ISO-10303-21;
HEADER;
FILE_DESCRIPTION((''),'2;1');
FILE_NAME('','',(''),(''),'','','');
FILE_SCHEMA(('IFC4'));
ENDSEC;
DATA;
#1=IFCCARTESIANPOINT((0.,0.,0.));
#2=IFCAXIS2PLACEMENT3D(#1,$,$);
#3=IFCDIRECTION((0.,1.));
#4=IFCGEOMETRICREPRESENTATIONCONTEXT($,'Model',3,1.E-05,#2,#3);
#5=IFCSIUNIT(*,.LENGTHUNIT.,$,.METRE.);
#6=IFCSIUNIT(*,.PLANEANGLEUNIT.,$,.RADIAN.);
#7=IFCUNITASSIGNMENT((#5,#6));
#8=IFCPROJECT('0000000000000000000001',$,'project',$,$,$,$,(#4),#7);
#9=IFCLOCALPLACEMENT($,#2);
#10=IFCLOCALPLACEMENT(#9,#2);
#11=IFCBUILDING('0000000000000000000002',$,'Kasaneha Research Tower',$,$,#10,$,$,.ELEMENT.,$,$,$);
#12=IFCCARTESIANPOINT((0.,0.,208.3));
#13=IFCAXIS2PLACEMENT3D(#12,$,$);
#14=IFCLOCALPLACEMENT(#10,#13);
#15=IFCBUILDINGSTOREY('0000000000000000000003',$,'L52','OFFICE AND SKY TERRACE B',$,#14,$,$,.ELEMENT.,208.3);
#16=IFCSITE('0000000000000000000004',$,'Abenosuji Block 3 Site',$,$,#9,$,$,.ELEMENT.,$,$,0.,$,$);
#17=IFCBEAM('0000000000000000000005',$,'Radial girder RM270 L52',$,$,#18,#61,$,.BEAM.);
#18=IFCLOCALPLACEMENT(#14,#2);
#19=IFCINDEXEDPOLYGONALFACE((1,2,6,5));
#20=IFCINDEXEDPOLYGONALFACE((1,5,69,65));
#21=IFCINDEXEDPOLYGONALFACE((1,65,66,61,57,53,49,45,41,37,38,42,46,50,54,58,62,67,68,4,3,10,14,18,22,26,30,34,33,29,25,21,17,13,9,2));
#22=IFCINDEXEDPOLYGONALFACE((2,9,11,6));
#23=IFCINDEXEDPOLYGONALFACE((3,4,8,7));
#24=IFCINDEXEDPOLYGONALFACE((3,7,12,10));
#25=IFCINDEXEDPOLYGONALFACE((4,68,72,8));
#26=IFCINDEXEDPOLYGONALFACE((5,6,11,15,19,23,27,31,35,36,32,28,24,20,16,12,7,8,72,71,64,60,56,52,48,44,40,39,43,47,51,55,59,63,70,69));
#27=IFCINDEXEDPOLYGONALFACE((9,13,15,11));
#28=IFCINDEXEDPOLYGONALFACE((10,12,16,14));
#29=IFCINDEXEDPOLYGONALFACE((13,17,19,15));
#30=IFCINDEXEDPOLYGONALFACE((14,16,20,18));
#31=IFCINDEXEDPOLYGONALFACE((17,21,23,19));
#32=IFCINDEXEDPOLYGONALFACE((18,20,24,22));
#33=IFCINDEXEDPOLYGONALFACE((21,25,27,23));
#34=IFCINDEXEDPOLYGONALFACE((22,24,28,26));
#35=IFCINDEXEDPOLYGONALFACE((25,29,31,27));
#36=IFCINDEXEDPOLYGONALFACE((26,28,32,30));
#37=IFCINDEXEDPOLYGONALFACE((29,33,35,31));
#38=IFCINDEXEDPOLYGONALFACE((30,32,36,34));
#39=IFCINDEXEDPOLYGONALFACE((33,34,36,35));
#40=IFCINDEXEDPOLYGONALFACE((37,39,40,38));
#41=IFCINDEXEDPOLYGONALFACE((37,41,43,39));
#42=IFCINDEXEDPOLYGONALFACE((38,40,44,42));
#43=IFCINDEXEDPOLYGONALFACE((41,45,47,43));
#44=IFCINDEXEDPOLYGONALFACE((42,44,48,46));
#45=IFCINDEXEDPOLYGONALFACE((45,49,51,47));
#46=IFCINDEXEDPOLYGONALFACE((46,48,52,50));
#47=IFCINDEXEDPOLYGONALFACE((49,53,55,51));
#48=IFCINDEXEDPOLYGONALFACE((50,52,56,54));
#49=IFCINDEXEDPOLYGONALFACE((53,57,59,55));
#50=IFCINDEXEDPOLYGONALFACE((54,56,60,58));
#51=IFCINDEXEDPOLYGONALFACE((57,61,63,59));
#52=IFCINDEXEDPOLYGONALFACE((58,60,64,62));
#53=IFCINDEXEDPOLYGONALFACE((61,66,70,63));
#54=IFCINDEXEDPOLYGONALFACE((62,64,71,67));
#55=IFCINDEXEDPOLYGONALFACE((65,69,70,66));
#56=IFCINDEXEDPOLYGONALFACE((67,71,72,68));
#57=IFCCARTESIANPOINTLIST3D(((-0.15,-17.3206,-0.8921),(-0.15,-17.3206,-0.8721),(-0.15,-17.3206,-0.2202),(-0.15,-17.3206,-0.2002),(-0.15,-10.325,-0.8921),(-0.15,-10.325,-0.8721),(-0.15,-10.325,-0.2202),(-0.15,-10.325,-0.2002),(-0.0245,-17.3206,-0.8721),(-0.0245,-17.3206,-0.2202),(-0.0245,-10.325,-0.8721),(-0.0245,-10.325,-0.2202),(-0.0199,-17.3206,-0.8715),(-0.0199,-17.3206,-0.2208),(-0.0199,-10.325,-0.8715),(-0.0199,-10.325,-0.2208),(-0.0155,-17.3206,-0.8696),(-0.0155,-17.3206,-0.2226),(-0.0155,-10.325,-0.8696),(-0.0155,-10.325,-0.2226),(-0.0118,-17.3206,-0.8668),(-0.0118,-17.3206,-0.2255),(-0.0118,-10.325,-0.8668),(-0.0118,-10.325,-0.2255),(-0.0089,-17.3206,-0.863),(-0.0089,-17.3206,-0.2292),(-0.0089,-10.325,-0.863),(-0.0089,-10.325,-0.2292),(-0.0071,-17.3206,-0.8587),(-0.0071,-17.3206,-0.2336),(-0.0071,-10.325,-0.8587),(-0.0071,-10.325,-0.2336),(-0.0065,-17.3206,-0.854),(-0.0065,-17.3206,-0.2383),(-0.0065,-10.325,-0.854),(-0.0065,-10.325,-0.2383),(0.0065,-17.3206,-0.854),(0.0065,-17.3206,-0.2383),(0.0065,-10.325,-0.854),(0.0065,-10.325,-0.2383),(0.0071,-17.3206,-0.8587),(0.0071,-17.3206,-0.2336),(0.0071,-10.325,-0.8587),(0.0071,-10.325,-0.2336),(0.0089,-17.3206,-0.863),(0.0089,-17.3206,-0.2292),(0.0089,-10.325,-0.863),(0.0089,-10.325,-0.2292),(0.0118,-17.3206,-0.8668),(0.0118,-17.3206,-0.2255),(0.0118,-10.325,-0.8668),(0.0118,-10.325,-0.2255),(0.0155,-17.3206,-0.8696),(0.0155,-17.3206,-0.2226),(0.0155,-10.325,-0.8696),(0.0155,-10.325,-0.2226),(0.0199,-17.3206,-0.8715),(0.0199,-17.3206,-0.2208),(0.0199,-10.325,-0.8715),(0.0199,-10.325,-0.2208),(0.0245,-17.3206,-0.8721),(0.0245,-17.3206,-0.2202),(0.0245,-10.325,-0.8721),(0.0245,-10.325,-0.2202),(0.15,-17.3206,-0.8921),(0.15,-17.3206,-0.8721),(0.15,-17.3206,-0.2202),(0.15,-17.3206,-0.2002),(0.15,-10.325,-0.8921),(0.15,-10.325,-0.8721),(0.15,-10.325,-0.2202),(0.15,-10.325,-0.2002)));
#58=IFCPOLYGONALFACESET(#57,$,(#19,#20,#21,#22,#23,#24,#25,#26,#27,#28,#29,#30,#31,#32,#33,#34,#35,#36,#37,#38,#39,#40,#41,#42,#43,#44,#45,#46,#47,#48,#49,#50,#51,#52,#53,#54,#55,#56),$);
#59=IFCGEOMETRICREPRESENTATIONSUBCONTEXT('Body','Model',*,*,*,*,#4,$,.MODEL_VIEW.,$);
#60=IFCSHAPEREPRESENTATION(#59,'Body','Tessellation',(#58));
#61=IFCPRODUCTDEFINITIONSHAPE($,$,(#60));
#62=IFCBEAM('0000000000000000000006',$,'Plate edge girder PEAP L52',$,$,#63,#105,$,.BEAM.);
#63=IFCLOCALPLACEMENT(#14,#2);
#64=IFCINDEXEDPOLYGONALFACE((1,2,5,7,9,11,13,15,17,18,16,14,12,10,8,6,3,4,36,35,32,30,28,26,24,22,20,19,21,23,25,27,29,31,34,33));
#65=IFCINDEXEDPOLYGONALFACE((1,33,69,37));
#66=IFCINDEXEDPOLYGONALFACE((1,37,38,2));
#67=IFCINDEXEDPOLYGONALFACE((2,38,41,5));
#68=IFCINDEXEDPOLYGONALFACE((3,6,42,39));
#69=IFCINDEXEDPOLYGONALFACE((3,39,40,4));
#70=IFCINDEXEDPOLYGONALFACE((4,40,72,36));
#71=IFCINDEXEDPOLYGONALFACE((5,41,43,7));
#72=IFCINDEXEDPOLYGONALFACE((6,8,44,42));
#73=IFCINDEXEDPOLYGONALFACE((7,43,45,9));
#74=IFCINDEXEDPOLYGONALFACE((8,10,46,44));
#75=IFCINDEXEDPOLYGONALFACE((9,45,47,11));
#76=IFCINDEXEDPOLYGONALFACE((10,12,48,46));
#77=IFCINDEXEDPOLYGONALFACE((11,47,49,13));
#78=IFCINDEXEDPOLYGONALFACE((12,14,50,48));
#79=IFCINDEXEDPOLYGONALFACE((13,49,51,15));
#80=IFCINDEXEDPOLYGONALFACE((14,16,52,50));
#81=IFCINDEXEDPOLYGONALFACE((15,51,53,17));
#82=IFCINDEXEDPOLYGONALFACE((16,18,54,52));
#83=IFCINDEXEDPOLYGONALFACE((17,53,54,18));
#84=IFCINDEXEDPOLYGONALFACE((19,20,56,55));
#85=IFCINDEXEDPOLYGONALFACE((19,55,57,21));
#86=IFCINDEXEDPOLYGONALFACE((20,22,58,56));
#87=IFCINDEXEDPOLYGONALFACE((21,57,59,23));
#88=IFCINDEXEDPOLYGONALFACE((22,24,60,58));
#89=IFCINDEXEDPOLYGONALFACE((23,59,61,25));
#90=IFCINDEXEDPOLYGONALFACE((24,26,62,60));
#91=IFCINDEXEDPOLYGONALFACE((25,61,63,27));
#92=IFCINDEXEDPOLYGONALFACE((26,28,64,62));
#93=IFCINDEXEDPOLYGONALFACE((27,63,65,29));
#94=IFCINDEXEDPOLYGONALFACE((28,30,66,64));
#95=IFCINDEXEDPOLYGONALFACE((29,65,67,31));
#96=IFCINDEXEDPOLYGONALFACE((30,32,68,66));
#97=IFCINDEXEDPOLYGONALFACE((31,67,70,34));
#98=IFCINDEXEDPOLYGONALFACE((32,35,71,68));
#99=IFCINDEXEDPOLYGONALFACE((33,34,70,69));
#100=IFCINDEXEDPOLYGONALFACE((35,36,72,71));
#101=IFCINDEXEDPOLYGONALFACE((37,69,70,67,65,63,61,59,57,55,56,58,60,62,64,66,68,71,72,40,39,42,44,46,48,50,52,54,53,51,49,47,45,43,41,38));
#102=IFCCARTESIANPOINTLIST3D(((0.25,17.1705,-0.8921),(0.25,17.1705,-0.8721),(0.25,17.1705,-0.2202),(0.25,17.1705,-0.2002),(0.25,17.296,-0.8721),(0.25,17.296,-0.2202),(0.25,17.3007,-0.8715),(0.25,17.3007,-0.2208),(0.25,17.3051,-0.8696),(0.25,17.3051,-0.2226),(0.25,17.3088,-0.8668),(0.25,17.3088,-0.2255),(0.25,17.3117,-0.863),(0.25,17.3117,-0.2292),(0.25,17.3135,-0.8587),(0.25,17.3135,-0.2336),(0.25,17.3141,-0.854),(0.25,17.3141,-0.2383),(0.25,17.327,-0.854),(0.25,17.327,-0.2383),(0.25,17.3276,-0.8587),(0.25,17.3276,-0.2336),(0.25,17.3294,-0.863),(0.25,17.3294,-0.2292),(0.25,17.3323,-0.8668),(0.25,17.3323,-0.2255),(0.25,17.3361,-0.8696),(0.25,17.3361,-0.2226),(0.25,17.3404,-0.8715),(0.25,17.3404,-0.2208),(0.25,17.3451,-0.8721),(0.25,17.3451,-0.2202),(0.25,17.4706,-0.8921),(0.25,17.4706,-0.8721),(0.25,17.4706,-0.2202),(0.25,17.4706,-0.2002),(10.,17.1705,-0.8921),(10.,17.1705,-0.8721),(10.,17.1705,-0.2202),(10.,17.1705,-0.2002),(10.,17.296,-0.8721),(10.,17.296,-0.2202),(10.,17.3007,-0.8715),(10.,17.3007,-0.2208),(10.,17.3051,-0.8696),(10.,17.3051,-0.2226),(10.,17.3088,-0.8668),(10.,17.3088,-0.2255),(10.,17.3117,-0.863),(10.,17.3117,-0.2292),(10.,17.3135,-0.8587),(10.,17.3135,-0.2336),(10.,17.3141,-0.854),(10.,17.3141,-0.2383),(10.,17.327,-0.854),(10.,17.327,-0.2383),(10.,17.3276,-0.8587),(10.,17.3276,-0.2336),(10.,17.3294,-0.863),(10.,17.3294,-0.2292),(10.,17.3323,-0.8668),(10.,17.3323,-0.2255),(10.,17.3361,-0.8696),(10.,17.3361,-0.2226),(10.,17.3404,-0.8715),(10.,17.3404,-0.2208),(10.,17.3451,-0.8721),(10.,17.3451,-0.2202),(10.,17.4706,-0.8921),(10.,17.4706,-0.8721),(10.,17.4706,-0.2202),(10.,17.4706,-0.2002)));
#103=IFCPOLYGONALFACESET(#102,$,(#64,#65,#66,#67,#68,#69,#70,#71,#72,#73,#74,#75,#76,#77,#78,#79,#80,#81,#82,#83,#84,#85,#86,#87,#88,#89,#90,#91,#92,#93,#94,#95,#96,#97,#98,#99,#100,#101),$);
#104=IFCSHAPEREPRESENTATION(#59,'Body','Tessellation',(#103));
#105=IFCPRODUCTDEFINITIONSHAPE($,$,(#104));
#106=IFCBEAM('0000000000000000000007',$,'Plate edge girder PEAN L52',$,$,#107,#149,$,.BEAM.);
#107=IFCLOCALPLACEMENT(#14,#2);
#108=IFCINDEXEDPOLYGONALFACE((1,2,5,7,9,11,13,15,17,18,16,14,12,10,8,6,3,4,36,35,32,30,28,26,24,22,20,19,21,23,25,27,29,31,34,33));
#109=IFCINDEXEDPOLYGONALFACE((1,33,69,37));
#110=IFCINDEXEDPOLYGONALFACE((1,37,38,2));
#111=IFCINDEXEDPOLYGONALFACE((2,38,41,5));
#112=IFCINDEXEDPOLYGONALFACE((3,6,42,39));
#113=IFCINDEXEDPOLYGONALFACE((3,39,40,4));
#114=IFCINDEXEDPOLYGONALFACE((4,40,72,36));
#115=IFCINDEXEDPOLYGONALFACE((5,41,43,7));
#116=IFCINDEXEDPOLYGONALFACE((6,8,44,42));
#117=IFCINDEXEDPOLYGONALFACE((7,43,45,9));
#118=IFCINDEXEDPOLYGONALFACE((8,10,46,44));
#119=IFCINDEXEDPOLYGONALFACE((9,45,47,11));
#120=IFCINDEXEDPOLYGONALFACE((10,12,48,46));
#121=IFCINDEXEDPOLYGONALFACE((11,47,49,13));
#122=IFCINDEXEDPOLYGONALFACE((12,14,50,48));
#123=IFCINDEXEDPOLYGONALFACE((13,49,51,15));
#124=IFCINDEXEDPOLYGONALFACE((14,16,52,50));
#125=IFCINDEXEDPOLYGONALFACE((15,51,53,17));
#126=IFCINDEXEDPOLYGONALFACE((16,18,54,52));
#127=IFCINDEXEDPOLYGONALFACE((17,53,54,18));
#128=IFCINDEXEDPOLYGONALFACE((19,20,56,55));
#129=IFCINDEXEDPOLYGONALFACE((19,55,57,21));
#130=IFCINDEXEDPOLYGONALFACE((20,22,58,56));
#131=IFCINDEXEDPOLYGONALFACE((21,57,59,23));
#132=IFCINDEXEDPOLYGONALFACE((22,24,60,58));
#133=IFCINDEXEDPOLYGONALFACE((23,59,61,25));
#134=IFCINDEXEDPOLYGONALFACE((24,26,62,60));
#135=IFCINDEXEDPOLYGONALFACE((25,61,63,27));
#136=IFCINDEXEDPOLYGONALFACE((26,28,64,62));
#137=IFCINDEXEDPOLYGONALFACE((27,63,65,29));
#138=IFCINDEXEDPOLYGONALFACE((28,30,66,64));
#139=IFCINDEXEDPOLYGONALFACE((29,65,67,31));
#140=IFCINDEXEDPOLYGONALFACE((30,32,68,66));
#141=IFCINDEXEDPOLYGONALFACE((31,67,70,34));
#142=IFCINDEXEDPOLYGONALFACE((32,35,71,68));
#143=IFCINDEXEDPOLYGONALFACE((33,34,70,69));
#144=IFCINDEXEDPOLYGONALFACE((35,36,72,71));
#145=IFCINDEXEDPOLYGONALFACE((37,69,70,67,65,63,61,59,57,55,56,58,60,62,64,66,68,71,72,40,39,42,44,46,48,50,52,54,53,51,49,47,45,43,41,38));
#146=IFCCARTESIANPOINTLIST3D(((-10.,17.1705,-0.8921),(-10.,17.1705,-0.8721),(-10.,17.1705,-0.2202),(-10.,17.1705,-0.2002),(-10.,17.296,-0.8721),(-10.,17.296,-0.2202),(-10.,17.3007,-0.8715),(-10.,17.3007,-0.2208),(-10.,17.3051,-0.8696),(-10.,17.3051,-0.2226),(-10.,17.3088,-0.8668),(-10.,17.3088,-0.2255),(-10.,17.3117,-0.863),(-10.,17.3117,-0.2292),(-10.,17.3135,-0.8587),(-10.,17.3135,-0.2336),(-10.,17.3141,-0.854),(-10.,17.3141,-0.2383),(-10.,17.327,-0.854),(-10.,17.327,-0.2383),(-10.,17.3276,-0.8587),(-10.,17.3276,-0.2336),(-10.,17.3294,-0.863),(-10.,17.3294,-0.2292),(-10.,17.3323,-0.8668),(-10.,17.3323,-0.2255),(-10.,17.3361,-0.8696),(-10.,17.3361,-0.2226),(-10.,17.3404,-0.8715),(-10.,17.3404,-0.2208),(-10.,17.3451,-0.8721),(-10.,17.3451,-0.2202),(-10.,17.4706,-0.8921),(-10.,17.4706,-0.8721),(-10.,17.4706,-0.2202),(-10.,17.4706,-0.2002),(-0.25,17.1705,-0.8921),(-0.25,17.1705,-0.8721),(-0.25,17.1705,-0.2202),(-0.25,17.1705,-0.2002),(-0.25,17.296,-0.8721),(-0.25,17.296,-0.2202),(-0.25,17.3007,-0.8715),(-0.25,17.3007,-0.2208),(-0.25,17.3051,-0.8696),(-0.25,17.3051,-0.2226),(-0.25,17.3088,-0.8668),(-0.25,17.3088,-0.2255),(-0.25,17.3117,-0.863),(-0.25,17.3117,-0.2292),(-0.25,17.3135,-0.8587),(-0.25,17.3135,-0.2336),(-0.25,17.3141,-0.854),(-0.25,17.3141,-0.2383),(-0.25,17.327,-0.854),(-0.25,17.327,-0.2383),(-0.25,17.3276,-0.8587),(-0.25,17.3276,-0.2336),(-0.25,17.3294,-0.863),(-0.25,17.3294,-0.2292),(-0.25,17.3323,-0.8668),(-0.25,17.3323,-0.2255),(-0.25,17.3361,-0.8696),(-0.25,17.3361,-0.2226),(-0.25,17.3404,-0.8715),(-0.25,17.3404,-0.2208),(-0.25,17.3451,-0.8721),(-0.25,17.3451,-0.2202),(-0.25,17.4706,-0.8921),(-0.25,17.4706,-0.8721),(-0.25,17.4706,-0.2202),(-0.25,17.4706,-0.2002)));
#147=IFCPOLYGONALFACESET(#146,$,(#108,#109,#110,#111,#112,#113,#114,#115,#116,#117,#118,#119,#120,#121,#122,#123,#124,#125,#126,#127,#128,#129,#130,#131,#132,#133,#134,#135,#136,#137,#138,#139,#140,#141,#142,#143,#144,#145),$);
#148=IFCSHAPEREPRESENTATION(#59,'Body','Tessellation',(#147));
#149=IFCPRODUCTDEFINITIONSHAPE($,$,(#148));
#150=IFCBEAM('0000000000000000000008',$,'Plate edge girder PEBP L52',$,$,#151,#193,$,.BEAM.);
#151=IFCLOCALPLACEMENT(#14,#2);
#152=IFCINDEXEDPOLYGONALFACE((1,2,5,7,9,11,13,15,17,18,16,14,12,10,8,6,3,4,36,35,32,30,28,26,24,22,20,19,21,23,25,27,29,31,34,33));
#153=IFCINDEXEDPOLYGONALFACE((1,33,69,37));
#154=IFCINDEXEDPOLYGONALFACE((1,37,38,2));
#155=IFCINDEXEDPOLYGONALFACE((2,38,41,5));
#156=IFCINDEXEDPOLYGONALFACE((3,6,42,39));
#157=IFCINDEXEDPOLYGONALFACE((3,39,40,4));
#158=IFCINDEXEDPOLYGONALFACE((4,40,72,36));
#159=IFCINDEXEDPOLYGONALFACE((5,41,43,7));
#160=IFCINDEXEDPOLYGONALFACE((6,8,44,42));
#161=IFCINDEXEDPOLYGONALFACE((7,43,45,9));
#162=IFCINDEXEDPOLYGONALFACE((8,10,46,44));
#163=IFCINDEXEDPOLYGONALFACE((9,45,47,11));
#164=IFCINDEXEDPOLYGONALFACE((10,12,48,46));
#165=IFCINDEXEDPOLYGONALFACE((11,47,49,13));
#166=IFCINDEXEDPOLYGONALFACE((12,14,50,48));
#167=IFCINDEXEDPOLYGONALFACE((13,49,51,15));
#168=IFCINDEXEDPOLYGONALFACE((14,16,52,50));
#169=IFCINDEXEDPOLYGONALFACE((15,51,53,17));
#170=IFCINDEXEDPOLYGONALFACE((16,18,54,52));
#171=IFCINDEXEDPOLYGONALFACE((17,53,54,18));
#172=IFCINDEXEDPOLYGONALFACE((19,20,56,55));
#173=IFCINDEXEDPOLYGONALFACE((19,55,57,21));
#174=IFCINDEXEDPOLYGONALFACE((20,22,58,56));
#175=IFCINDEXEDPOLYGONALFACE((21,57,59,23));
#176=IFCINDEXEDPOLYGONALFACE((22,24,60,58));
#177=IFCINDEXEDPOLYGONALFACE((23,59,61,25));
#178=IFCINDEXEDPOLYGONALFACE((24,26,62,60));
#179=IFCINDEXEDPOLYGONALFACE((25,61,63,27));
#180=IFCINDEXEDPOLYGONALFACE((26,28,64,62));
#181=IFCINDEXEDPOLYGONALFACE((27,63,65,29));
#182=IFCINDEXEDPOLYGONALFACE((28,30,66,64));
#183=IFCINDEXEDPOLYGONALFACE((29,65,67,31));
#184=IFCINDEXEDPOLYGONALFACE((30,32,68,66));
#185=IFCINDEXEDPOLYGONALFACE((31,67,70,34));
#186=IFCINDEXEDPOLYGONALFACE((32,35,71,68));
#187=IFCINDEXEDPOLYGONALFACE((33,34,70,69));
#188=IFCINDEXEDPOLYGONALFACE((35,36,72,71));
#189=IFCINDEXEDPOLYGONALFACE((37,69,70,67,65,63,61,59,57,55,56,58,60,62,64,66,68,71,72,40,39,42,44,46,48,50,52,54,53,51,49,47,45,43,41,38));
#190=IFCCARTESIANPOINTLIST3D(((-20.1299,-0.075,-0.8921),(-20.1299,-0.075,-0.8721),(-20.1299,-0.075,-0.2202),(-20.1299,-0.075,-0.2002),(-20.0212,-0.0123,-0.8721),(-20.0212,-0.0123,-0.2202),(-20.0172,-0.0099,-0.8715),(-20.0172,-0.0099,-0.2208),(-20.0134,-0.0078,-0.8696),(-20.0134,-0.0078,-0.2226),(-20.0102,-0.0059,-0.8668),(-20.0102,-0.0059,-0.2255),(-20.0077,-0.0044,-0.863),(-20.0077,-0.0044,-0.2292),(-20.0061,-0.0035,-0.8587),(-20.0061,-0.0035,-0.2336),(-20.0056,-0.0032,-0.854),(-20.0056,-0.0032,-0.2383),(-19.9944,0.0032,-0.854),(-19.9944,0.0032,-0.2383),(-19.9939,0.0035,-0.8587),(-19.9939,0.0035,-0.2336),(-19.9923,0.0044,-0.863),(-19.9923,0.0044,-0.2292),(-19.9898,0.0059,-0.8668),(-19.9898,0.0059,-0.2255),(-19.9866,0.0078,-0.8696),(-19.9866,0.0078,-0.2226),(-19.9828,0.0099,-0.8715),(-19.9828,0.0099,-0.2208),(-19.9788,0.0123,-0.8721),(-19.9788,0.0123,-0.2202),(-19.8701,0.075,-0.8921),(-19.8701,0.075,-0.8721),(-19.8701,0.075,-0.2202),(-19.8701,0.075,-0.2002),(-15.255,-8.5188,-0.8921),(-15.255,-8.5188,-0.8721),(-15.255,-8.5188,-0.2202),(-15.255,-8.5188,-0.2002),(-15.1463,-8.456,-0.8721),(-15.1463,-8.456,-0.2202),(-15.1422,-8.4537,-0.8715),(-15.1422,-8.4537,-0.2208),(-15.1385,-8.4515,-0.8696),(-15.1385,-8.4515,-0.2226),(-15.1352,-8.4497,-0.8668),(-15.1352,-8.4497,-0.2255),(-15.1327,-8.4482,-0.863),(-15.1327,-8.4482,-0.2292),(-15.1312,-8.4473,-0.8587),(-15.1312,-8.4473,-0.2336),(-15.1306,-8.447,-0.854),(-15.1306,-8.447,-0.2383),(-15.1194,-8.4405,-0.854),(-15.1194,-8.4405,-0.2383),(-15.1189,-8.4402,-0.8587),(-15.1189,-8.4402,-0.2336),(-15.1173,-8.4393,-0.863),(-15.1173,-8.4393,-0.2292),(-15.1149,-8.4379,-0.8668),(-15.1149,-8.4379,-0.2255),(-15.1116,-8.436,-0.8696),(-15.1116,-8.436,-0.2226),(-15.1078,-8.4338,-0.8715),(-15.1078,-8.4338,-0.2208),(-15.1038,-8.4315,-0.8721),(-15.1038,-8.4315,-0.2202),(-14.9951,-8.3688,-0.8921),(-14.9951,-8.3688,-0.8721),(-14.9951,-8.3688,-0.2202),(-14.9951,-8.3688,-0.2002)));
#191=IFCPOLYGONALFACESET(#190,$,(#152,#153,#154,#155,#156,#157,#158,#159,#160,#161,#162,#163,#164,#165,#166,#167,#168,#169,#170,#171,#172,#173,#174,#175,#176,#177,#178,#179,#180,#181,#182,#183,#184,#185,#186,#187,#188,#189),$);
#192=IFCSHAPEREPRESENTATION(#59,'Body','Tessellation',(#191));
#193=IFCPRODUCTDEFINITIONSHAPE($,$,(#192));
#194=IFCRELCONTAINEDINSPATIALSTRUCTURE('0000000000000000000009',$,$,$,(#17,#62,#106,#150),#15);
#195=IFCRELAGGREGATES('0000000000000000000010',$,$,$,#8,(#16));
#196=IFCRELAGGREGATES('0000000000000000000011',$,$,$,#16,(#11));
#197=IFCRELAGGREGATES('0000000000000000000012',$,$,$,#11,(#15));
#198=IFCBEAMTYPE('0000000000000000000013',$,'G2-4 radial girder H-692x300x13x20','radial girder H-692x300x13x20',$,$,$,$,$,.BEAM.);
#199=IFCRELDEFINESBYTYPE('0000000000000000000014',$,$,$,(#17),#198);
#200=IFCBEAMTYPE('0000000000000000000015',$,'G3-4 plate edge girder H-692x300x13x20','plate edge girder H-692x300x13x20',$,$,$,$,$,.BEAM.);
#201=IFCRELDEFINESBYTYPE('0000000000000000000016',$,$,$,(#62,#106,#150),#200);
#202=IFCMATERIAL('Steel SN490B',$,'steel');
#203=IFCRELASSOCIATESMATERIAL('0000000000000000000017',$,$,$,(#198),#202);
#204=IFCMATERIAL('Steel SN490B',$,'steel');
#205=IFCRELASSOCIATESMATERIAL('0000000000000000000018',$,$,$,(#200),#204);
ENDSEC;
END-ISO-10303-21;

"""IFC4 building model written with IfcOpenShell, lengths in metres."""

from ifc_helpers import new_model, si_unit, direction, frame, origin, origin_2d, place, context, subcontext, project, spatial, i_section, extrude, material, material_profile, profile_set, type_object, element, save


model = new_model("IFC4")

# Units and contexts
model_context = context("Model", 3, precision=1e-05, world=origin(), true_north=direction((0.0, 1.0)))
body_context = subcontext(model_context, "Body", "Model", "MODEL_VIEW")
ifc_project = project(units=[si_unit("LENGTHUNIT", "METRE"), si_unit("PLANEANGLEUNIT", "RADIAN")], contexts=[model_context])

# Site, building, storey
site_placement = place(None, origin())
site = spatial("IfcSite", under=ifc_project, at=site_placement, Name="Abenosuji Block 3 Site", CompositionType="ELEMENT", RefElevation=0.0)
building_placement = place(site_placement, origin())
building = spatial("IfcBuilding", under=site, at=building_placement, Name="Kasaneha Research Tower", CompositionType="ELEMENT")
storey_placement = place(building_placement, frame((0.0, 0.0, 208.3)))
storey = spatial("IfcBuildingStorey", under=building, at=storey_placement, Name="L52", Description="OFFICE AND SKY TERRACE B", CompositionType="ELEMENT", Elevation=208.3)

# Beams
ifc_material_1 = material(Name="Steel SN490B", Category="steel")
ifc_material_profile_1 = material_profile(ifc_material_1, i_section(OverallWidth=0.3, OverallDepth=0.6919, WebThickness=0.0129, FlangeThickness=0.02, FilletRadius=0.0181, at=origin_2d()), Name="H-692x300x13x20")
ifc_profile_set_1 = profile_set([ifc_material_profile_1], Name="Steel SN490B")
beam_type_1 = type_object("IfcBeamType", Name="G2-4 radial girder H-692x300x13x20", Description="radial girder H-692x300x13x20", PredefinedType="BEAM", material=ifc_profile_set_1)
beam_1_placement = place(storey_placement, frame((0.0, -10.325, -0.5461), z_axis=(0.0, -1.0, 0.0), x_axis=(1.0, 0.0, 0.0)))
element("IfcBeam", 1, at=beam_1_placement, inside=storey, type_object=beam_type_1, Name="Radial girder RM270 L52", PredefinedType="BEAM", context=body_context, shape_type="SweptSolid", body=[
    extrude(i_section(OverallWidth=0.3, OverallDepth=0.6919, WebThickness=0.0129, FlangeThickness=0.02, FilletRadius=0.0181, at=origin_2d()), origin(), (0.0, 0.0, 1.0), 6.9956),
])
ifc_material_2 = material(Name="Steel SN490B", Category="steel")
ifc_material_profile_2 = material_profile(ifc_material_2, i_section(OverallWidth=0.3, OverallDepth=0.6919, WebThickness=0.0129, FlangeThickness=0.02, FilletRadius=0.0181, at=origin_2d()), Name="H-692x300x13x20")
ifc_profile_set_2 = profile_set([ifc_material_profile_2], Name="Steel SN490B")
beam_type_2 = type_object("IfcBeamType", Name="G3-4 plate edge girder H-692x300x13x20", Description="plate edge girder H-692x300x13x20", PredefinedType="BEAM", material=ifc_profile_set_2)
for number, where, z_axis, x_axis, name in (
    (2, (10.0, 17.3206, -0.5461), (-1.0, 0.0, 0.0), (0.0, -1.0, 0.0), "Plate edge girder PEAP L52"),
    (3, (-10.0, 17.3206, -0.5461), (1.0, 0.0, 0.0), (0.0, 1.0, 0.0), "Plate edge girder PEAN L52"),
    (4, (-20.0, 0.0, -0.5461), (0.499996, -0.866028, 0.0), (0.866028, 0.499996, 0.0), "Plate edge girder PEBP L52"),
):
    element("IfcBeam", number, at=place(storey_placement, frame(where, z_axis=z_axis, x_axis=x_axis)), inside=storey, type_object=beam_type_2, Name=name, PredefinedType="BEAM", context=body_context, shape_type="SweptSolid", body=[
        extrude(i_section(OverallWidth=0.3, OverallDepth=0.6919, WebThickness=0.0129, FlangeThickness=0.02, FilletRadius=0.0181, at=origin_2d()), origin(), (0.0, 0.0, 1.0), 9.75),
    ])

save(model, "model.ifc")
